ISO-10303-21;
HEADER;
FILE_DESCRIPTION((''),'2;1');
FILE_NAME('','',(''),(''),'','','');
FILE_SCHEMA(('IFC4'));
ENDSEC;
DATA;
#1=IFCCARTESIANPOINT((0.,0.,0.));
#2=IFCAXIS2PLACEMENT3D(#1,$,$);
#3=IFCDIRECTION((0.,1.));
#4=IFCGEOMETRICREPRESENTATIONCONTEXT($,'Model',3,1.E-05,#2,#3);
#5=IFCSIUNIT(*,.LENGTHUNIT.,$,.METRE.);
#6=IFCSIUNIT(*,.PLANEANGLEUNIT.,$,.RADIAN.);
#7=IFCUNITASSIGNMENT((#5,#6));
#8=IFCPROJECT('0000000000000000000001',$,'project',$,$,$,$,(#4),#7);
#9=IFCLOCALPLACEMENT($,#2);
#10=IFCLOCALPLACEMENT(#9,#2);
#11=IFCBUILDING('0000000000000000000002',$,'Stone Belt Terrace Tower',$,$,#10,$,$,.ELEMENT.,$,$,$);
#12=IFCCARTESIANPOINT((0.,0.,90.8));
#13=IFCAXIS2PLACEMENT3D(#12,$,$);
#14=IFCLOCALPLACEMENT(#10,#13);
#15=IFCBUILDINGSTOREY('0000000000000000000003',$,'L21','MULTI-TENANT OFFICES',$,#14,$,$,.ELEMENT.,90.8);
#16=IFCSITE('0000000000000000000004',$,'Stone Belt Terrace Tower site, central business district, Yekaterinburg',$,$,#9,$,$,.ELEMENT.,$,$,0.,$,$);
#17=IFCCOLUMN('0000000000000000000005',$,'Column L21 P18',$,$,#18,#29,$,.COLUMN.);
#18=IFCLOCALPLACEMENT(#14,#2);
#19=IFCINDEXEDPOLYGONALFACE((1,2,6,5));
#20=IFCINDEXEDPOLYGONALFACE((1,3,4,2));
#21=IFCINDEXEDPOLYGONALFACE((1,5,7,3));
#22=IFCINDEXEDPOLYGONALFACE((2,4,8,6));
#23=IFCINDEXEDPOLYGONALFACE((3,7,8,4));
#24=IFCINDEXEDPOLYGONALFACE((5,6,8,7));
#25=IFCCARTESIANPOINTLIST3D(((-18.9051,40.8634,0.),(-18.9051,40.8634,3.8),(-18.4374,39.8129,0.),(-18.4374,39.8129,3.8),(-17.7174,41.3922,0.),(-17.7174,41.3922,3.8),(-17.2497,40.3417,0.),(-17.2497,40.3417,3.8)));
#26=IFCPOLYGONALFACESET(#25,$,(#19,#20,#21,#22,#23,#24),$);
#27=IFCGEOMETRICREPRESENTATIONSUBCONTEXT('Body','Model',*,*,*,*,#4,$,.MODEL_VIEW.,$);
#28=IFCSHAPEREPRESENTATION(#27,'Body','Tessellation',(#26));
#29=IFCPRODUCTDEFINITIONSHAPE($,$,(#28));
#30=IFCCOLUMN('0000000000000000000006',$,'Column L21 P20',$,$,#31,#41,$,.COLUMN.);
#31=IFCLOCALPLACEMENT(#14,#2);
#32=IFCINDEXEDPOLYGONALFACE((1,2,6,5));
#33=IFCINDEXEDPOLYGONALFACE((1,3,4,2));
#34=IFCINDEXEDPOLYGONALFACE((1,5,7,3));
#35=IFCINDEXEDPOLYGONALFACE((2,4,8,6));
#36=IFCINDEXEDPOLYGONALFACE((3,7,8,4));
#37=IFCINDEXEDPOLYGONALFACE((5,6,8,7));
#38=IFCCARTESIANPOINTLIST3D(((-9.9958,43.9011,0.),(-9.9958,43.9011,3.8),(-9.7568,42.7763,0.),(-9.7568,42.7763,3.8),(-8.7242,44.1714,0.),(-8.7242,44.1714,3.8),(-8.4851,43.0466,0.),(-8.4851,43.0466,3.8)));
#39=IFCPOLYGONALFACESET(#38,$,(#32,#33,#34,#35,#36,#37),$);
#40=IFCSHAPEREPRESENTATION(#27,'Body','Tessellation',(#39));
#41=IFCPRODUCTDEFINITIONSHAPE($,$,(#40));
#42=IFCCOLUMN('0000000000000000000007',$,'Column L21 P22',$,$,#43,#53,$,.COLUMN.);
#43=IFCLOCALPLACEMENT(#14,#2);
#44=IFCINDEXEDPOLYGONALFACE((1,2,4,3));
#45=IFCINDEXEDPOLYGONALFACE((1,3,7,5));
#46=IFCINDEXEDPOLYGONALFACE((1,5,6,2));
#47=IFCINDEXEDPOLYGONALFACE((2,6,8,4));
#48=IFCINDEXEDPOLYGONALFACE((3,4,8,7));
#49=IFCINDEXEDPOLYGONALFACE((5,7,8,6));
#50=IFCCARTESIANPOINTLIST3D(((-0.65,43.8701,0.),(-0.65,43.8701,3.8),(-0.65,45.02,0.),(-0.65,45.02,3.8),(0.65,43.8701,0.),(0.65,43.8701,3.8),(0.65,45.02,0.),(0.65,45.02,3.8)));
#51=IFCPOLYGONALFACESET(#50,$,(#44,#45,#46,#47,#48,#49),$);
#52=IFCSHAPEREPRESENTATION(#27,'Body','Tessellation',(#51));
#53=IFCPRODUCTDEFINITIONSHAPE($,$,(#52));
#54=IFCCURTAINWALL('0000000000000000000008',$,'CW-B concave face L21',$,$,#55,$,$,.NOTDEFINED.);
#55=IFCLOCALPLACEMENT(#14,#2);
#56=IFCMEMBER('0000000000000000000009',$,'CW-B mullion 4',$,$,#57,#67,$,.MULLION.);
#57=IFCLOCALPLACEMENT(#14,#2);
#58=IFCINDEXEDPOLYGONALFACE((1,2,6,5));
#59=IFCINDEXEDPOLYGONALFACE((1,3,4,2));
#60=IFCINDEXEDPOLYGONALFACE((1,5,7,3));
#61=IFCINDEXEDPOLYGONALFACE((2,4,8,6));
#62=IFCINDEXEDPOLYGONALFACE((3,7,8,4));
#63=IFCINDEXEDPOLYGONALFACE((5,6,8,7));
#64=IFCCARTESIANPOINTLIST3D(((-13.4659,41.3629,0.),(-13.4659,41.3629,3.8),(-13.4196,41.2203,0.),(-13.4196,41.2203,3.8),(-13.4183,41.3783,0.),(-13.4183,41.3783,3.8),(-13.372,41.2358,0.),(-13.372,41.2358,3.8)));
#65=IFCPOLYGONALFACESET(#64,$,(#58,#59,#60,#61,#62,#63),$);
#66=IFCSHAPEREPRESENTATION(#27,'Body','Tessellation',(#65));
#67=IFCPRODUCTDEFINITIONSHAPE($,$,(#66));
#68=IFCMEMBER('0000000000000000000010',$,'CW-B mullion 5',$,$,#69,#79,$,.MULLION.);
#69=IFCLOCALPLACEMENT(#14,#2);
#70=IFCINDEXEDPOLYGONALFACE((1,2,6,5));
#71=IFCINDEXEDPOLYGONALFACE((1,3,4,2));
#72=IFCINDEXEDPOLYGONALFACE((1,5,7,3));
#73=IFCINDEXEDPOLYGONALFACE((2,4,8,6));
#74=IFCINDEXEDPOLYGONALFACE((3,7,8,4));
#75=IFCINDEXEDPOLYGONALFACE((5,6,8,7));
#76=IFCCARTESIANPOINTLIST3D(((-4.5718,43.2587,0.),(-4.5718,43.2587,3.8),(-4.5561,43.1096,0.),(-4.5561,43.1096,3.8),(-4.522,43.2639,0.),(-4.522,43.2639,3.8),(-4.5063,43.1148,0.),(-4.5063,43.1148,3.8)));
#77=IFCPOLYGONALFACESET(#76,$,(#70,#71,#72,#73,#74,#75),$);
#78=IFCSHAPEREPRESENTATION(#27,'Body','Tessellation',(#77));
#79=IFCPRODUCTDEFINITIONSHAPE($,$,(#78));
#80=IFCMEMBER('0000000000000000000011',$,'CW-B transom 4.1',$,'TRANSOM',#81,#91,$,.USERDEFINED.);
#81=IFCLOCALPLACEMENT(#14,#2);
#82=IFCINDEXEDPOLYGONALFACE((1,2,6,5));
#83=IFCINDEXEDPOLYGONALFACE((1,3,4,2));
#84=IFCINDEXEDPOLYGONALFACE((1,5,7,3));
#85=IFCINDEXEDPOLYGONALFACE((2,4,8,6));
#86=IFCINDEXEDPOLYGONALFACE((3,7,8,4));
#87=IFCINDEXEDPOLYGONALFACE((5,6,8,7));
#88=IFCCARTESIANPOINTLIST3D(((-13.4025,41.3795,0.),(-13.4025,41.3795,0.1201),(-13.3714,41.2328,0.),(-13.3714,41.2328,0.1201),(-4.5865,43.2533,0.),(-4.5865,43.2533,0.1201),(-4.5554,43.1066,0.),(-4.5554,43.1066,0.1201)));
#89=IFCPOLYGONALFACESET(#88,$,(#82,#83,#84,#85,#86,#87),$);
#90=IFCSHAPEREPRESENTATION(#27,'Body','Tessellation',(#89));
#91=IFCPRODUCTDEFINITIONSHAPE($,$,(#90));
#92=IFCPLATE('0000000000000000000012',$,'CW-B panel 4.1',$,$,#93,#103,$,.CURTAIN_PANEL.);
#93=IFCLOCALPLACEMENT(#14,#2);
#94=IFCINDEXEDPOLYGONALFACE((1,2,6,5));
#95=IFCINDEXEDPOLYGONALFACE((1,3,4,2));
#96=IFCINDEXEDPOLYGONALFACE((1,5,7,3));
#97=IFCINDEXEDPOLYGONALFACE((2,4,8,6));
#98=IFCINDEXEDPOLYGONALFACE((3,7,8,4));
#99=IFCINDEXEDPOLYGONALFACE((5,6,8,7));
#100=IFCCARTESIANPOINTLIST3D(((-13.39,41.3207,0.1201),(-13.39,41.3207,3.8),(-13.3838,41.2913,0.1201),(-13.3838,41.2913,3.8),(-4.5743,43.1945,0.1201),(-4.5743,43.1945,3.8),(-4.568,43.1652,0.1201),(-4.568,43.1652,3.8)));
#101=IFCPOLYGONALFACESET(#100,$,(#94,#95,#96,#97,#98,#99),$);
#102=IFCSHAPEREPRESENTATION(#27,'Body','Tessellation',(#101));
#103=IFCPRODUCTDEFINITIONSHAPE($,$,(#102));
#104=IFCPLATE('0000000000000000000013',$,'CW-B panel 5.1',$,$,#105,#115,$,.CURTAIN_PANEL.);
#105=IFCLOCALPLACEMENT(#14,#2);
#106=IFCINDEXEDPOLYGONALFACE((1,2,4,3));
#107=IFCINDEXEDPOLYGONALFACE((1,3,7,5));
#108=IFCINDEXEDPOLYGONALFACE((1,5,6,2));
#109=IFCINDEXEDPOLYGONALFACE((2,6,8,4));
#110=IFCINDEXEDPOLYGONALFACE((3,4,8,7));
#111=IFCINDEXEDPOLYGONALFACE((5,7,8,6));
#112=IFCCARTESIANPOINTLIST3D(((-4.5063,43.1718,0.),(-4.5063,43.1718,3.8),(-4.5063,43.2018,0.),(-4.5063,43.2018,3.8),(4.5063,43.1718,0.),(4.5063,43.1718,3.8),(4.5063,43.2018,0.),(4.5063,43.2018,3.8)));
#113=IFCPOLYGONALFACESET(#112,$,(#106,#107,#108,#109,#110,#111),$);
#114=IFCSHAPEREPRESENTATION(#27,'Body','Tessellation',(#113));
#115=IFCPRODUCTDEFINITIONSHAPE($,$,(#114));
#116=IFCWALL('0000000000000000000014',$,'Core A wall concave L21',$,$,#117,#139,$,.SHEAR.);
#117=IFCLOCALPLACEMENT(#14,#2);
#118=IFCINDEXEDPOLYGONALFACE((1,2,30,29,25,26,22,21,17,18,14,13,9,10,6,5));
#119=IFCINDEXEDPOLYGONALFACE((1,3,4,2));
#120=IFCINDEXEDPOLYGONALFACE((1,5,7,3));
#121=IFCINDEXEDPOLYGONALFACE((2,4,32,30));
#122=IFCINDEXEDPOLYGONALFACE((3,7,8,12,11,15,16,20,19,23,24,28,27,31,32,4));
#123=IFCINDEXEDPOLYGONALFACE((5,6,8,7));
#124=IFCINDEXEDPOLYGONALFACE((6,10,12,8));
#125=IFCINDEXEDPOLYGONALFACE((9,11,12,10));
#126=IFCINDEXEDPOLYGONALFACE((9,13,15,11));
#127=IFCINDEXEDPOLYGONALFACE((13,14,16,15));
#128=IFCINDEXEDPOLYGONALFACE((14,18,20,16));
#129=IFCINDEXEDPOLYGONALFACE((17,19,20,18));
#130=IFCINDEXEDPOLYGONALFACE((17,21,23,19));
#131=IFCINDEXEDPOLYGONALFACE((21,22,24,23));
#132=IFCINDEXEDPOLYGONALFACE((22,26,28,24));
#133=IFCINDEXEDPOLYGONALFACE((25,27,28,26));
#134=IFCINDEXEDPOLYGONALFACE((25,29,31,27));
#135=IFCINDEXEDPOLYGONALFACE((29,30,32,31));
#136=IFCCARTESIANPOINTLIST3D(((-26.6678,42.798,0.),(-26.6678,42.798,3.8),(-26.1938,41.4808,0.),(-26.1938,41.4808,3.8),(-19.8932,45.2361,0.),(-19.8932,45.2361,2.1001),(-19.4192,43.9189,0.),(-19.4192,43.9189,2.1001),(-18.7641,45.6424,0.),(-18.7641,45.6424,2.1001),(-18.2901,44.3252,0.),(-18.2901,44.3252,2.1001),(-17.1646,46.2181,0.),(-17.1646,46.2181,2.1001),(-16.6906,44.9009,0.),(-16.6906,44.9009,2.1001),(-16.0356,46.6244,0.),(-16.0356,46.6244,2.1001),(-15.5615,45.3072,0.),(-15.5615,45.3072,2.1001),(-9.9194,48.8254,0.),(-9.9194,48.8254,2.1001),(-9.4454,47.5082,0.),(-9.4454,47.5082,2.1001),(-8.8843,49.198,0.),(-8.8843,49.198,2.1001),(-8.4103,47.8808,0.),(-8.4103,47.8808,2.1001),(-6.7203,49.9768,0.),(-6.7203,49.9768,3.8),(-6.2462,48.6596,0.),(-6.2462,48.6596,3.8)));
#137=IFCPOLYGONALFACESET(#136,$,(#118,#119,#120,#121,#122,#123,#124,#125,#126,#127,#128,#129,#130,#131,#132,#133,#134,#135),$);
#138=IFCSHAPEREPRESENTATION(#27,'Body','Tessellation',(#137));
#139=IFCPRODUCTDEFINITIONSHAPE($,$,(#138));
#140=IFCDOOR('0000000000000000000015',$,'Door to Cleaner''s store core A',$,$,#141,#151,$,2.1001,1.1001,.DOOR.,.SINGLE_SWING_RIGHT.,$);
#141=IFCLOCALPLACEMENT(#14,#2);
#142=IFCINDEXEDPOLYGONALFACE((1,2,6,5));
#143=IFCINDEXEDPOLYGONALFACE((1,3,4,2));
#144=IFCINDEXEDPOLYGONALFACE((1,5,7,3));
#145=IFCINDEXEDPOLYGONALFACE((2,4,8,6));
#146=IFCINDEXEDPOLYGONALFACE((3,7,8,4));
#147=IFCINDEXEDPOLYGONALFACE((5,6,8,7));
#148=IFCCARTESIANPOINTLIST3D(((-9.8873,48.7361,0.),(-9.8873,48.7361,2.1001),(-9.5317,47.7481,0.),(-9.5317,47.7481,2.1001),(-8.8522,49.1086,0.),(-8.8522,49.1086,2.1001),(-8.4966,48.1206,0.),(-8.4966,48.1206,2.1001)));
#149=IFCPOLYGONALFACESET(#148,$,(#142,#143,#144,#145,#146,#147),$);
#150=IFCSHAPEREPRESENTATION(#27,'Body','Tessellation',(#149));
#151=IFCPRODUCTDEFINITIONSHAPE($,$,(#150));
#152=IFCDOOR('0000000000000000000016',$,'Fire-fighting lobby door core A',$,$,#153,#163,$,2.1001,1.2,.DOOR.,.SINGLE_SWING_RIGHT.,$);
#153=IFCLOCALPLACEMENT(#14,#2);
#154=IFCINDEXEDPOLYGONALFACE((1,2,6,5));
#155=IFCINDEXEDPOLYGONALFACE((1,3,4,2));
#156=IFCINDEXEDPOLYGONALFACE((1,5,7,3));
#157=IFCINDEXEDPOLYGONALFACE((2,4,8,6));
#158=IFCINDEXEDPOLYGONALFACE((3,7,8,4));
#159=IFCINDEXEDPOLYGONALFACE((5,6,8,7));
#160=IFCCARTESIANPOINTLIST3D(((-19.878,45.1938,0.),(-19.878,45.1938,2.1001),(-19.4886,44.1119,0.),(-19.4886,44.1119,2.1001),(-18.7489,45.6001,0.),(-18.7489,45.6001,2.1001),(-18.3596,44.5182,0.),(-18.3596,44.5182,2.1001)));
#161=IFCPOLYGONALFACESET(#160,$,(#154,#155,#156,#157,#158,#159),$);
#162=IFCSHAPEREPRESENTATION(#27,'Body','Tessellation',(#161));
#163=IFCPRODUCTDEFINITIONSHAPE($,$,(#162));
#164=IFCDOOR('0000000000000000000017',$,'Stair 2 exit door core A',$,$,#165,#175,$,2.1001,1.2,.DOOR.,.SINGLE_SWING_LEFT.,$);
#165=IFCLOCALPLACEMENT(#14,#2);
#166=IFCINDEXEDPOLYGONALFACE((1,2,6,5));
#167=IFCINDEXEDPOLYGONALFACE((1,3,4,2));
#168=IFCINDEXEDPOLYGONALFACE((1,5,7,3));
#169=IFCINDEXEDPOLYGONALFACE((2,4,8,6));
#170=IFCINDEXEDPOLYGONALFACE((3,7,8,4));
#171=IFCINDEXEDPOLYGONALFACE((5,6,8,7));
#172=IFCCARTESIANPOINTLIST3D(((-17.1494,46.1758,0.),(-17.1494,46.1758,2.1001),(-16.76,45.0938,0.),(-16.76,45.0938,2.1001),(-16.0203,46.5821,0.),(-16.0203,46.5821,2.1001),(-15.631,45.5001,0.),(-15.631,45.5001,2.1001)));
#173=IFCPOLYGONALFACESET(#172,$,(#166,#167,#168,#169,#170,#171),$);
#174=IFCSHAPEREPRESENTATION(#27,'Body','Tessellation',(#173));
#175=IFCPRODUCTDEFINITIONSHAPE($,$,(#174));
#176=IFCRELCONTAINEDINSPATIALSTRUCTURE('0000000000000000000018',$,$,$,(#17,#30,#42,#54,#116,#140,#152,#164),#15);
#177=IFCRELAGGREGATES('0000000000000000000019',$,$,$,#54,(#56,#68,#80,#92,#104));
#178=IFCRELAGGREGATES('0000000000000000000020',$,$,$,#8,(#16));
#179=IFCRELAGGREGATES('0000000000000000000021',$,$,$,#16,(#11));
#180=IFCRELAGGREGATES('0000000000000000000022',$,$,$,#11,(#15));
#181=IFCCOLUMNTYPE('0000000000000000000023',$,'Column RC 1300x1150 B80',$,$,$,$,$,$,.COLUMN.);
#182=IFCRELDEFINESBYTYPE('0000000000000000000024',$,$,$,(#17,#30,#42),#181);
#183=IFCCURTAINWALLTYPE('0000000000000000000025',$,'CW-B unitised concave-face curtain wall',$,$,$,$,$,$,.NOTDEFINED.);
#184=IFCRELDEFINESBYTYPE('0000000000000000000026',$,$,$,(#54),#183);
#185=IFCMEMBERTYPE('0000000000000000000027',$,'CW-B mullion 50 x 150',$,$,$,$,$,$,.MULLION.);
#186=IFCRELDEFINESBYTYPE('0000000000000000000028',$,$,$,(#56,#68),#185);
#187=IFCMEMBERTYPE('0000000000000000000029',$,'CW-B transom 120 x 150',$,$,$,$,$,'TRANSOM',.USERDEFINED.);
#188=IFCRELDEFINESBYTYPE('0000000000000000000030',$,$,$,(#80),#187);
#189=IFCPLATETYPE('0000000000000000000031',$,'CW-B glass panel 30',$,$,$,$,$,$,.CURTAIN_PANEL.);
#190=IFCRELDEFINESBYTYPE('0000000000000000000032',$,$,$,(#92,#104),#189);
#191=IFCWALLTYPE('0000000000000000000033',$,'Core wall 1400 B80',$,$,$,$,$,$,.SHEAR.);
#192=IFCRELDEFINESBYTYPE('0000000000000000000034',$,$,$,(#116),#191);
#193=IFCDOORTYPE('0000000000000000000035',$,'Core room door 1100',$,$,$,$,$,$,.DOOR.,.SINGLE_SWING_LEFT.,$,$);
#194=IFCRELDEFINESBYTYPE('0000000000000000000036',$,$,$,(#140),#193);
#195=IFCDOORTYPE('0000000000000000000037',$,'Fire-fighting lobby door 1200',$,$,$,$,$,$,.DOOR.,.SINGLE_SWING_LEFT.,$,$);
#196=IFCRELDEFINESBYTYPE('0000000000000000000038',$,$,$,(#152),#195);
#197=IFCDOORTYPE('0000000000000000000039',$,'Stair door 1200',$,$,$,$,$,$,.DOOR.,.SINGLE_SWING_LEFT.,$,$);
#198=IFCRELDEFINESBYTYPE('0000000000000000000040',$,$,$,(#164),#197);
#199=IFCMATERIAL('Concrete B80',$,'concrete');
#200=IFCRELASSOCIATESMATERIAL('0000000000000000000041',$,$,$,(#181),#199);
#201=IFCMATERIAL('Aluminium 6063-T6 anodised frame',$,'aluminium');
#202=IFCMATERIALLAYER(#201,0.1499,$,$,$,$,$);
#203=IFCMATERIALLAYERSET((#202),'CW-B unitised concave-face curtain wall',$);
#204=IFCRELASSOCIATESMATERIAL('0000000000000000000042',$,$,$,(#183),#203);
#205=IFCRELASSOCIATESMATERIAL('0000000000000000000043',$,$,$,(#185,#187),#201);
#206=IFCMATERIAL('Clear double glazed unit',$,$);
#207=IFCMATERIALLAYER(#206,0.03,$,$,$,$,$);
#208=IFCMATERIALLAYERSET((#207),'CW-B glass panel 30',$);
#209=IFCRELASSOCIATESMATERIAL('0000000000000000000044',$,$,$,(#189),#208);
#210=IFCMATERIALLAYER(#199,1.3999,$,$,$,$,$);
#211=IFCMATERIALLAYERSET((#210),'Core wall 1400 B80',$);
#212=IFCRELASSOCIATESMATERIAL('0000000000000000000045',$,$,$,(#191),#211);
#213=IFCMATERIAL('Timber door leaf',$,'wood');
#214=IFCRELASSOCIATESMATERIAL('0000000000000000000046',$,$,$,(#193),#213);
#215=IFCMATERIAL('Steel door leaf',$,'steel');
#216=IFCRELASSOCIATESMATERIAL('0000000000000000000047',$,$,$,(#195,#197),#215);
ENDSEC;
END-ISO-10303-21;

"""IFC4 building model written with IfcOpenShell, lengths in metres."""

from ifc_helpers import new_model, si_unit, direction, frame, frame_2d, origin, origin_2d, place, context, subcontext, project, spatial, rectangle, extrude, material, layer, layer_set, material_profile, profile_set, type_object, element, fill, aggregate, save


model = new_model("IFC4")

# Units and contexts
model_context = context("Model", 3, precision=1e-05, world=origin(), true_north=direction((0.0, 1.0)))
body_context = subcontext(model_context, "Body", "Model", "MODEL_VIEW")
ifc_project = project(units=[si_unit("LENGTHUNIT", "METRE"), si_unit("PLANEANGLEUNIT", "RADIAN")], contexts=[model_context])

# Site, building, storey
site_placement = place(None, origin())
site = spatial("IfcSite", under=ifc_project, at=site_placement, Name="Stone Belt Terrace Tower site, central business district, Yekaterinburg", CompositionType="ELEMENT", RefElevation=0.0)
building_placement = place(site_placement, origin())
building = spatial("IfcBuilding", under=site, at=building_placement, Name="Stone Belt Terrace Tower", CompositionType="ELEMENT")
storey_placement = place(building_placement, frame((0.0, 0.0, 90.8)))
storey = spatial("IfcBuildingStorey", under=building, at=storey_placement, Name="L21", Description="MULTI-TENANT OFFICES", CompositionType="ELEMENT", Elevation=90.8)

# Columns
ifc_material_1 = material(Name="Concrete B80", Category="concrete")
ifc_material_profile_1 = material_profile(ifc_material_1, rectangle(XDim=1.3, YDim=1.1499, at=origin_2d()), Name="RC 1300x1150")
ifc_profile_set_1 = profile_set([ifc_material_profile_1], Name="Concrete B80")
column_type = type_object("IfcColumnType", Name="Column RC 1300x1150 B80", PredefinedType="COLUMN", material=ifc_profile_set_1)
for number, where, z_axis, x_axis, name in (
    (1, (-18.0774, 40.6025, 0.0), (0.0, 0.0, 1.0), (0.913545, 0.406737, 0.0), "Column L21 P18"),
    (2, (-9.2405, 43.4739, 0.0), (0.0, 0.0, 1.0), (0.978148, 0.207912, 0.0), "Column L21 P20"),
    (3, (0.0, 44.4451, 0.0), (0.0, 0.0, 1.0), (1.0, 0.0, 0.0), "Column L21 P22"),
):
    element("IfcColumn", number, at=place(storey_placement, frame(where, z_axis=z_axis, x_axis=x_axis)), inside=storey, type_object=column_type, Name=name, PredefinedType="COLUMN", context=body_context, shape_type="SweptSolid", body=[
        extrude(rectangle(XDim=1.3, YDim=1.1499, at=origin_2d()), origin(), (0.0, 0.0, 1.0), 3.8),
    ])

# Curtain wall, members, plates
ifc_material_2 = material(Name="Aluminium 6063-T6 anodised frame", Category="aluminium")
ifc_layer_1 = layer(ifc_material_2, 0.1499)
ifc_layer_set_1 = layer_set([ifc_layer_1], Name="CW-B unitised concave-face curtain wall")
curtain_wall_type = type_object("IfcCurtainWallType", Name="CW-B unitised concave-face curtain wall", PredefinedType="NOTDEFINED", material=ifc_layer_set_1)
curtain_wall_placement = place(storey_placement, origin())
curtain_wall = element("IfcCurtainWall", 4, at=curtain_wall_placement, inside=storey, type_object=curtain_wall_type, Name="CW-B concave face L21", PredefinedType="NOTDEFINED")
ifc_material_profile_2 = material_profile(ifc_material_2, rectangle(XDim=0.1499, YDim=0.05, at=origin_2d()), Name="Aluminium 6063-T6 50x150")
ifc_profile_set_2 = profile_set([ifc_material_profile_2], Name="Aluminium 6063-T6 anodised frame")
member_type_1 = type_object("IfcMemberType", Name="CW-B mullion 50 x 150", PredefinedType="MULLION", material=ifc_profile_set_2)
member_1_placement = place(storey_placement, frame((-13.4189, 41.2993, 0.0), z_axis=(0.0, 0.0, 1.0), x_axis=(-0.309017, 0.951057, 0.0)))
member_1 = element("IfcMember", 5, at=member_1_placement, type_object=member_type_1, Name="CW-B mullion 4", PredefinedType="MULLION", context=body_context, shape_type="SweptSolid", body=[
    extrude(rectangle(XDim=0.1499, YDim=0.05, at=origin_2d()), origin(), (0.0, 0.0, 1.0), 3.8),
])
member_2_placement = place(storey_placement, frame((-4.5391, 43.1868, 0.0), z_axis=(0.0, 0.0, 1.0), x_axis=(-0.104528, 0.994522, 0.0)))
member_2 = element("IfcMember", 6, at=member_2_placement, type_object=member_type_1, Name="CW-B mullion 5", PredefinedType="MULLION", context=body_context, shape_type="SweptSolid", body=[
    extrude(rectangle(XDim=0.1499, YDim=0.05, at=origin_2d()), origin(), (0.0, 0.0, 1.0), 3.8),
])
ifc_material_profile_3 = material_profile(ifc_material_2, rectangle(XDim=0.1499, YDim=0.1201, at=origin_2d()), Name="Aluminium 6063-T6 150x120")
ifc_profile_set_3 = profile_set([ifc_material_profile_3], Name="Aluminium 6063-T6 anodised frame")
member_type_2 = type_object("IfcMemberType", Name="CW-B transom 120 x 150", ElementType="TRANSOM", PredefinedType="USERDEFINED", material=ifc_profile_set_3)
member_3_placement = place(storey_placement, frame((-13.387, 41.3062, 0.0601), z_axis=(0.97815, 0.207901, 0.0), x_axis=(-0.207901, 0.97815, 0.0)))
member_3 = element("IfcMember", 7, at=member_3_placement, type_object=member_type_2, Name="CW-B transom 4.1", ObjectType="TRANSOM", PredefinedType="USERDEFINED", context=body_context, shape_type="SweptSolid", body=[
    extrude(rectangle(XDim=0.1499, YDim=0.1201, at=origin_2d()), origin(), (0.0, 0.0, 1.0), 9.0129),
])
ifc_material_3 = material(Name="Clear double glazed unit")
ifc_layer_2 = layer(ifc_material_3, 0.03)
ifc_layer_set_2 = layer_set([ifc_layer_2], Name="CW-B glass panel 30")
plate_type = type_object("IfcPlateType", Name="CW-B glass panel 30", PredefinedType="CURTAIN_PANEL", material=ifc_layer_set_2)
plate_1_placement = place(storey_placement, frame((-8.979, 42.2429, 0.1201), z_axis=(0.0, 0.0, 1.0), x_axis=(0.978148, 0.207912, 0.0)))
plate_1 = element("IfcPlate", 8, at=plate_1_placement, type_object=plate_type, Name="CW-B panel 4.1", PredefinedType="CURTAIN_PANEL", context=body_context, shape_type="SweptSolid", body=[
    extrude(rectangle(XDim=9.0127, YDim=0.03, at=origin_2d()), origin(), (0.0, 0.0, 1.0), 3.6799),
])
plate_2_placement = place(storey_placement, frame((0.0, 43.1868, 0.0), z_axis=(0.0, 0.0, 1.0), x_axis=(1.0, 0.0, 0.0)))
plate_2 = element("IfcPlate", 9, at=plate_2_placement, type_object=plate_type, Name="CW-B panel 5.1", PredefinedType="CURTAIN_PANEL", context=body_context, shape_type="SweptSolid", body=[
    extrude(rectangle(XDim=9.0127, YDim=0.03, at=origin_2d()), origin(), (0.0, 0.0, 1.0), 3.8),
])
aggregate(curtain_wall, [member_1, member_2, member_3, plate_1, plate_2])

# Wall, openings, doors
ifc_layer_3 = layer(ifc_material_1, 1.3999)
ifc_layer_set_3 = layer_set([ifc_layer_3], Name="Core wall 1400 B80")
wall_type_1 = type_object("IfcWallType", Name="Core wall 1400 B80", PredefinedType="SHEAR", material=ifc_layer_set_3)
wall_1_placement = place(storey_placement, frame((-26.4309, 42.1394, 0.0), z_axis=(0.0, 0.0, 1.0), x_axis=(0.940923, 0.33862, 0.0)))
wall_1 = element("IfcWall", 10, at=wall_1_placement, inside=storey, type_object=wall_type_1, Name="Core A wall concave L21", PredefinedType="SHEAR", context=body_context, shape_type="SweptSolid", body=[
    extrude(rectangle(XDim=21.2, YDim=1.3999, at=frame_2d((10.6001, 0.0))), origin(), (0.0, 0.0, 1.0), 3.8),
])
opening_1_placement = place(wall_1_placement, frame((7.2, 0.0, 0.0)))
opening_1 = element("IfcOpeningElement", 11, at=opening_1_placement, cuts=wall_1, PredefinedType="OPENING", context=body_context, shape_type="SweptSolid", body=[
    extrude(rectangle(XDim=1.2, YDim=2.1001, at=frame_2d((0.6001, 1.05))), frame((0.0, 0.71, 0.0), z_axis=(0.0, -1.0, 0.0), x_axis=(1.0, 0.0, 0.0)), (0.0, 0.0, 1.0), 1.4199),
])
opening_2_placement = place(wall_1_placement, frame((10.0999, 0.0, 0.0)))
opening_2 = element("IfcOpeningElement", 12, at=opening_2_placement, cuts=wall_1, PredefinedType="OPENING", context=body_context, shape_type="SweptSolid", body=[
    extrude(rectangle(XDim=1.2, YDim=2.1001, at=frame_2d((0.6001, 1.05))), frame((0.0, 0.71, 0.0), z_axis=(0.0, -1.0, 0.0), x_axis=(1.0, 0.0, 0.0)), (0.0, 0.0, 1.0), 1.4199),
])
opening_3_placement = place(wall_1_placement, frame((17.8, 0.0, 0.0)))
opening_3 = element("IfcOpeningElement", 13, at=opening_3_placement, cuts=wall_1, PredefinedType="OPENING", context=body_context, shape_type="SweptSolid", body=[
    extrude(rectangle(XDim=1.1001, YDim=2.1001, at=frame_2d((0.55, 1.05))), frame((0.0, 0.71, 0.0), z_axis=(0.0, -1.0, 0.0), x_axis=(1.0, 0.0, 0.0)), (0.0, 0.0, 1.0), 1.4199),
])
ifc_material_4 = material(Name="Timber door leaf", Category="wood")
door_type_1 = type_object("IfcDoorType", Name="Core room door 1100", OperationType="SINGLE_SWING_LEFT", PredefinedType="DOOR", material=ifc_material_4)
door_1_placement = place(opening_3_placement, origin())
door_1 = element("IfcDoor", 14, at=door_1_placement, inside=storey, type_object=door_type_1, Name="Door to Cleaner's store core A", OperationType="SINGLE_SWING_RIGHT", OverallHeight=2.1001, OverallWidth=1.1001, PredefinedType="DOOR", context=body_context, shape_type="SweptSolid", body=[
    extrude(rectangle(XDim=1.1001, YDim=2.1001, at=frame_2d((0.55, 1.05))), frame((0.0, 0.605, 0.0), z_axis=(0.0, -1.0, 0.0), x_axis=(1.0, 0.0, 0.0)), (0.0, 0.0, 1.0), 1.05),
])
fill(opening_3, door_1)
ifc_material_5 = material(Name="Steel door leaf", Category="steel")
door_type_2 = type_object("IfcDoorType", Name="Fire-fighting lobby door 1200", OperationType="SINGLE_SWING_LEFT", PredefinedType="DOOR", material=ifc_material_5)
door_2_placement = place(opening_1_placement, origin())
door_2 = element("IfcDoor", 15, at=door_2_placement, inside=storey, type_object=door_type_2, Name="Fire-fighting lobby door core A", OperationType="SINGLE_SWING_RIGHT", OverallHeight=2.1001, OverallWidth=1.2, PredefinedType="DOOR", context=body_context, shape_type="SweptSolid", body=[
    extrude(rectangle(XDim=1.2, YDim=2.1001, at=frame_2d((0.6001, 1.05))), frame((0.0, 0.655, 0.0), z_axis=(0.0, -1.0, 0.0), x_axis=(1.0, 0.0, 0.0)), (0.0, 0.0, 1.0), 1.1499),
])
fill(opening_1, door_2)
door_type_3 = type_object("IfcDoorType", Name="Stair door 1200", OperationType="SINGLE_SWING_LEFT", PredefinedType="DOOR", material=ifc_material_5)
door_3_placement = place(opening_2_placement, origin())
door_3 = element("IfcDoor", 16, at=door_3_placement, inside=storey, type_object=door_type_3, Name="Stair 2 exit door core A", OperationType="SINGLE_SWING_LEFT", OverallHeight=2.1001, OverallWidth=1.2, PredefinedType="DOOR", context=body_context, shape_type="SweptSolid", body=[
    extrude(rectangle(XDim=1.2, YDim=2.1001, at=frame_2d((0.6001, 1.05))), frame((0.0, 0.655, 0.0), z_axis=(0.0, -1.0, 0.0), x_axis=(1.0, 0.0, 0.0)), (0.0, 0.0, 1.0), 1.1499),
])
fill(opening_2, door_3)

save(model, "model.ifc")
